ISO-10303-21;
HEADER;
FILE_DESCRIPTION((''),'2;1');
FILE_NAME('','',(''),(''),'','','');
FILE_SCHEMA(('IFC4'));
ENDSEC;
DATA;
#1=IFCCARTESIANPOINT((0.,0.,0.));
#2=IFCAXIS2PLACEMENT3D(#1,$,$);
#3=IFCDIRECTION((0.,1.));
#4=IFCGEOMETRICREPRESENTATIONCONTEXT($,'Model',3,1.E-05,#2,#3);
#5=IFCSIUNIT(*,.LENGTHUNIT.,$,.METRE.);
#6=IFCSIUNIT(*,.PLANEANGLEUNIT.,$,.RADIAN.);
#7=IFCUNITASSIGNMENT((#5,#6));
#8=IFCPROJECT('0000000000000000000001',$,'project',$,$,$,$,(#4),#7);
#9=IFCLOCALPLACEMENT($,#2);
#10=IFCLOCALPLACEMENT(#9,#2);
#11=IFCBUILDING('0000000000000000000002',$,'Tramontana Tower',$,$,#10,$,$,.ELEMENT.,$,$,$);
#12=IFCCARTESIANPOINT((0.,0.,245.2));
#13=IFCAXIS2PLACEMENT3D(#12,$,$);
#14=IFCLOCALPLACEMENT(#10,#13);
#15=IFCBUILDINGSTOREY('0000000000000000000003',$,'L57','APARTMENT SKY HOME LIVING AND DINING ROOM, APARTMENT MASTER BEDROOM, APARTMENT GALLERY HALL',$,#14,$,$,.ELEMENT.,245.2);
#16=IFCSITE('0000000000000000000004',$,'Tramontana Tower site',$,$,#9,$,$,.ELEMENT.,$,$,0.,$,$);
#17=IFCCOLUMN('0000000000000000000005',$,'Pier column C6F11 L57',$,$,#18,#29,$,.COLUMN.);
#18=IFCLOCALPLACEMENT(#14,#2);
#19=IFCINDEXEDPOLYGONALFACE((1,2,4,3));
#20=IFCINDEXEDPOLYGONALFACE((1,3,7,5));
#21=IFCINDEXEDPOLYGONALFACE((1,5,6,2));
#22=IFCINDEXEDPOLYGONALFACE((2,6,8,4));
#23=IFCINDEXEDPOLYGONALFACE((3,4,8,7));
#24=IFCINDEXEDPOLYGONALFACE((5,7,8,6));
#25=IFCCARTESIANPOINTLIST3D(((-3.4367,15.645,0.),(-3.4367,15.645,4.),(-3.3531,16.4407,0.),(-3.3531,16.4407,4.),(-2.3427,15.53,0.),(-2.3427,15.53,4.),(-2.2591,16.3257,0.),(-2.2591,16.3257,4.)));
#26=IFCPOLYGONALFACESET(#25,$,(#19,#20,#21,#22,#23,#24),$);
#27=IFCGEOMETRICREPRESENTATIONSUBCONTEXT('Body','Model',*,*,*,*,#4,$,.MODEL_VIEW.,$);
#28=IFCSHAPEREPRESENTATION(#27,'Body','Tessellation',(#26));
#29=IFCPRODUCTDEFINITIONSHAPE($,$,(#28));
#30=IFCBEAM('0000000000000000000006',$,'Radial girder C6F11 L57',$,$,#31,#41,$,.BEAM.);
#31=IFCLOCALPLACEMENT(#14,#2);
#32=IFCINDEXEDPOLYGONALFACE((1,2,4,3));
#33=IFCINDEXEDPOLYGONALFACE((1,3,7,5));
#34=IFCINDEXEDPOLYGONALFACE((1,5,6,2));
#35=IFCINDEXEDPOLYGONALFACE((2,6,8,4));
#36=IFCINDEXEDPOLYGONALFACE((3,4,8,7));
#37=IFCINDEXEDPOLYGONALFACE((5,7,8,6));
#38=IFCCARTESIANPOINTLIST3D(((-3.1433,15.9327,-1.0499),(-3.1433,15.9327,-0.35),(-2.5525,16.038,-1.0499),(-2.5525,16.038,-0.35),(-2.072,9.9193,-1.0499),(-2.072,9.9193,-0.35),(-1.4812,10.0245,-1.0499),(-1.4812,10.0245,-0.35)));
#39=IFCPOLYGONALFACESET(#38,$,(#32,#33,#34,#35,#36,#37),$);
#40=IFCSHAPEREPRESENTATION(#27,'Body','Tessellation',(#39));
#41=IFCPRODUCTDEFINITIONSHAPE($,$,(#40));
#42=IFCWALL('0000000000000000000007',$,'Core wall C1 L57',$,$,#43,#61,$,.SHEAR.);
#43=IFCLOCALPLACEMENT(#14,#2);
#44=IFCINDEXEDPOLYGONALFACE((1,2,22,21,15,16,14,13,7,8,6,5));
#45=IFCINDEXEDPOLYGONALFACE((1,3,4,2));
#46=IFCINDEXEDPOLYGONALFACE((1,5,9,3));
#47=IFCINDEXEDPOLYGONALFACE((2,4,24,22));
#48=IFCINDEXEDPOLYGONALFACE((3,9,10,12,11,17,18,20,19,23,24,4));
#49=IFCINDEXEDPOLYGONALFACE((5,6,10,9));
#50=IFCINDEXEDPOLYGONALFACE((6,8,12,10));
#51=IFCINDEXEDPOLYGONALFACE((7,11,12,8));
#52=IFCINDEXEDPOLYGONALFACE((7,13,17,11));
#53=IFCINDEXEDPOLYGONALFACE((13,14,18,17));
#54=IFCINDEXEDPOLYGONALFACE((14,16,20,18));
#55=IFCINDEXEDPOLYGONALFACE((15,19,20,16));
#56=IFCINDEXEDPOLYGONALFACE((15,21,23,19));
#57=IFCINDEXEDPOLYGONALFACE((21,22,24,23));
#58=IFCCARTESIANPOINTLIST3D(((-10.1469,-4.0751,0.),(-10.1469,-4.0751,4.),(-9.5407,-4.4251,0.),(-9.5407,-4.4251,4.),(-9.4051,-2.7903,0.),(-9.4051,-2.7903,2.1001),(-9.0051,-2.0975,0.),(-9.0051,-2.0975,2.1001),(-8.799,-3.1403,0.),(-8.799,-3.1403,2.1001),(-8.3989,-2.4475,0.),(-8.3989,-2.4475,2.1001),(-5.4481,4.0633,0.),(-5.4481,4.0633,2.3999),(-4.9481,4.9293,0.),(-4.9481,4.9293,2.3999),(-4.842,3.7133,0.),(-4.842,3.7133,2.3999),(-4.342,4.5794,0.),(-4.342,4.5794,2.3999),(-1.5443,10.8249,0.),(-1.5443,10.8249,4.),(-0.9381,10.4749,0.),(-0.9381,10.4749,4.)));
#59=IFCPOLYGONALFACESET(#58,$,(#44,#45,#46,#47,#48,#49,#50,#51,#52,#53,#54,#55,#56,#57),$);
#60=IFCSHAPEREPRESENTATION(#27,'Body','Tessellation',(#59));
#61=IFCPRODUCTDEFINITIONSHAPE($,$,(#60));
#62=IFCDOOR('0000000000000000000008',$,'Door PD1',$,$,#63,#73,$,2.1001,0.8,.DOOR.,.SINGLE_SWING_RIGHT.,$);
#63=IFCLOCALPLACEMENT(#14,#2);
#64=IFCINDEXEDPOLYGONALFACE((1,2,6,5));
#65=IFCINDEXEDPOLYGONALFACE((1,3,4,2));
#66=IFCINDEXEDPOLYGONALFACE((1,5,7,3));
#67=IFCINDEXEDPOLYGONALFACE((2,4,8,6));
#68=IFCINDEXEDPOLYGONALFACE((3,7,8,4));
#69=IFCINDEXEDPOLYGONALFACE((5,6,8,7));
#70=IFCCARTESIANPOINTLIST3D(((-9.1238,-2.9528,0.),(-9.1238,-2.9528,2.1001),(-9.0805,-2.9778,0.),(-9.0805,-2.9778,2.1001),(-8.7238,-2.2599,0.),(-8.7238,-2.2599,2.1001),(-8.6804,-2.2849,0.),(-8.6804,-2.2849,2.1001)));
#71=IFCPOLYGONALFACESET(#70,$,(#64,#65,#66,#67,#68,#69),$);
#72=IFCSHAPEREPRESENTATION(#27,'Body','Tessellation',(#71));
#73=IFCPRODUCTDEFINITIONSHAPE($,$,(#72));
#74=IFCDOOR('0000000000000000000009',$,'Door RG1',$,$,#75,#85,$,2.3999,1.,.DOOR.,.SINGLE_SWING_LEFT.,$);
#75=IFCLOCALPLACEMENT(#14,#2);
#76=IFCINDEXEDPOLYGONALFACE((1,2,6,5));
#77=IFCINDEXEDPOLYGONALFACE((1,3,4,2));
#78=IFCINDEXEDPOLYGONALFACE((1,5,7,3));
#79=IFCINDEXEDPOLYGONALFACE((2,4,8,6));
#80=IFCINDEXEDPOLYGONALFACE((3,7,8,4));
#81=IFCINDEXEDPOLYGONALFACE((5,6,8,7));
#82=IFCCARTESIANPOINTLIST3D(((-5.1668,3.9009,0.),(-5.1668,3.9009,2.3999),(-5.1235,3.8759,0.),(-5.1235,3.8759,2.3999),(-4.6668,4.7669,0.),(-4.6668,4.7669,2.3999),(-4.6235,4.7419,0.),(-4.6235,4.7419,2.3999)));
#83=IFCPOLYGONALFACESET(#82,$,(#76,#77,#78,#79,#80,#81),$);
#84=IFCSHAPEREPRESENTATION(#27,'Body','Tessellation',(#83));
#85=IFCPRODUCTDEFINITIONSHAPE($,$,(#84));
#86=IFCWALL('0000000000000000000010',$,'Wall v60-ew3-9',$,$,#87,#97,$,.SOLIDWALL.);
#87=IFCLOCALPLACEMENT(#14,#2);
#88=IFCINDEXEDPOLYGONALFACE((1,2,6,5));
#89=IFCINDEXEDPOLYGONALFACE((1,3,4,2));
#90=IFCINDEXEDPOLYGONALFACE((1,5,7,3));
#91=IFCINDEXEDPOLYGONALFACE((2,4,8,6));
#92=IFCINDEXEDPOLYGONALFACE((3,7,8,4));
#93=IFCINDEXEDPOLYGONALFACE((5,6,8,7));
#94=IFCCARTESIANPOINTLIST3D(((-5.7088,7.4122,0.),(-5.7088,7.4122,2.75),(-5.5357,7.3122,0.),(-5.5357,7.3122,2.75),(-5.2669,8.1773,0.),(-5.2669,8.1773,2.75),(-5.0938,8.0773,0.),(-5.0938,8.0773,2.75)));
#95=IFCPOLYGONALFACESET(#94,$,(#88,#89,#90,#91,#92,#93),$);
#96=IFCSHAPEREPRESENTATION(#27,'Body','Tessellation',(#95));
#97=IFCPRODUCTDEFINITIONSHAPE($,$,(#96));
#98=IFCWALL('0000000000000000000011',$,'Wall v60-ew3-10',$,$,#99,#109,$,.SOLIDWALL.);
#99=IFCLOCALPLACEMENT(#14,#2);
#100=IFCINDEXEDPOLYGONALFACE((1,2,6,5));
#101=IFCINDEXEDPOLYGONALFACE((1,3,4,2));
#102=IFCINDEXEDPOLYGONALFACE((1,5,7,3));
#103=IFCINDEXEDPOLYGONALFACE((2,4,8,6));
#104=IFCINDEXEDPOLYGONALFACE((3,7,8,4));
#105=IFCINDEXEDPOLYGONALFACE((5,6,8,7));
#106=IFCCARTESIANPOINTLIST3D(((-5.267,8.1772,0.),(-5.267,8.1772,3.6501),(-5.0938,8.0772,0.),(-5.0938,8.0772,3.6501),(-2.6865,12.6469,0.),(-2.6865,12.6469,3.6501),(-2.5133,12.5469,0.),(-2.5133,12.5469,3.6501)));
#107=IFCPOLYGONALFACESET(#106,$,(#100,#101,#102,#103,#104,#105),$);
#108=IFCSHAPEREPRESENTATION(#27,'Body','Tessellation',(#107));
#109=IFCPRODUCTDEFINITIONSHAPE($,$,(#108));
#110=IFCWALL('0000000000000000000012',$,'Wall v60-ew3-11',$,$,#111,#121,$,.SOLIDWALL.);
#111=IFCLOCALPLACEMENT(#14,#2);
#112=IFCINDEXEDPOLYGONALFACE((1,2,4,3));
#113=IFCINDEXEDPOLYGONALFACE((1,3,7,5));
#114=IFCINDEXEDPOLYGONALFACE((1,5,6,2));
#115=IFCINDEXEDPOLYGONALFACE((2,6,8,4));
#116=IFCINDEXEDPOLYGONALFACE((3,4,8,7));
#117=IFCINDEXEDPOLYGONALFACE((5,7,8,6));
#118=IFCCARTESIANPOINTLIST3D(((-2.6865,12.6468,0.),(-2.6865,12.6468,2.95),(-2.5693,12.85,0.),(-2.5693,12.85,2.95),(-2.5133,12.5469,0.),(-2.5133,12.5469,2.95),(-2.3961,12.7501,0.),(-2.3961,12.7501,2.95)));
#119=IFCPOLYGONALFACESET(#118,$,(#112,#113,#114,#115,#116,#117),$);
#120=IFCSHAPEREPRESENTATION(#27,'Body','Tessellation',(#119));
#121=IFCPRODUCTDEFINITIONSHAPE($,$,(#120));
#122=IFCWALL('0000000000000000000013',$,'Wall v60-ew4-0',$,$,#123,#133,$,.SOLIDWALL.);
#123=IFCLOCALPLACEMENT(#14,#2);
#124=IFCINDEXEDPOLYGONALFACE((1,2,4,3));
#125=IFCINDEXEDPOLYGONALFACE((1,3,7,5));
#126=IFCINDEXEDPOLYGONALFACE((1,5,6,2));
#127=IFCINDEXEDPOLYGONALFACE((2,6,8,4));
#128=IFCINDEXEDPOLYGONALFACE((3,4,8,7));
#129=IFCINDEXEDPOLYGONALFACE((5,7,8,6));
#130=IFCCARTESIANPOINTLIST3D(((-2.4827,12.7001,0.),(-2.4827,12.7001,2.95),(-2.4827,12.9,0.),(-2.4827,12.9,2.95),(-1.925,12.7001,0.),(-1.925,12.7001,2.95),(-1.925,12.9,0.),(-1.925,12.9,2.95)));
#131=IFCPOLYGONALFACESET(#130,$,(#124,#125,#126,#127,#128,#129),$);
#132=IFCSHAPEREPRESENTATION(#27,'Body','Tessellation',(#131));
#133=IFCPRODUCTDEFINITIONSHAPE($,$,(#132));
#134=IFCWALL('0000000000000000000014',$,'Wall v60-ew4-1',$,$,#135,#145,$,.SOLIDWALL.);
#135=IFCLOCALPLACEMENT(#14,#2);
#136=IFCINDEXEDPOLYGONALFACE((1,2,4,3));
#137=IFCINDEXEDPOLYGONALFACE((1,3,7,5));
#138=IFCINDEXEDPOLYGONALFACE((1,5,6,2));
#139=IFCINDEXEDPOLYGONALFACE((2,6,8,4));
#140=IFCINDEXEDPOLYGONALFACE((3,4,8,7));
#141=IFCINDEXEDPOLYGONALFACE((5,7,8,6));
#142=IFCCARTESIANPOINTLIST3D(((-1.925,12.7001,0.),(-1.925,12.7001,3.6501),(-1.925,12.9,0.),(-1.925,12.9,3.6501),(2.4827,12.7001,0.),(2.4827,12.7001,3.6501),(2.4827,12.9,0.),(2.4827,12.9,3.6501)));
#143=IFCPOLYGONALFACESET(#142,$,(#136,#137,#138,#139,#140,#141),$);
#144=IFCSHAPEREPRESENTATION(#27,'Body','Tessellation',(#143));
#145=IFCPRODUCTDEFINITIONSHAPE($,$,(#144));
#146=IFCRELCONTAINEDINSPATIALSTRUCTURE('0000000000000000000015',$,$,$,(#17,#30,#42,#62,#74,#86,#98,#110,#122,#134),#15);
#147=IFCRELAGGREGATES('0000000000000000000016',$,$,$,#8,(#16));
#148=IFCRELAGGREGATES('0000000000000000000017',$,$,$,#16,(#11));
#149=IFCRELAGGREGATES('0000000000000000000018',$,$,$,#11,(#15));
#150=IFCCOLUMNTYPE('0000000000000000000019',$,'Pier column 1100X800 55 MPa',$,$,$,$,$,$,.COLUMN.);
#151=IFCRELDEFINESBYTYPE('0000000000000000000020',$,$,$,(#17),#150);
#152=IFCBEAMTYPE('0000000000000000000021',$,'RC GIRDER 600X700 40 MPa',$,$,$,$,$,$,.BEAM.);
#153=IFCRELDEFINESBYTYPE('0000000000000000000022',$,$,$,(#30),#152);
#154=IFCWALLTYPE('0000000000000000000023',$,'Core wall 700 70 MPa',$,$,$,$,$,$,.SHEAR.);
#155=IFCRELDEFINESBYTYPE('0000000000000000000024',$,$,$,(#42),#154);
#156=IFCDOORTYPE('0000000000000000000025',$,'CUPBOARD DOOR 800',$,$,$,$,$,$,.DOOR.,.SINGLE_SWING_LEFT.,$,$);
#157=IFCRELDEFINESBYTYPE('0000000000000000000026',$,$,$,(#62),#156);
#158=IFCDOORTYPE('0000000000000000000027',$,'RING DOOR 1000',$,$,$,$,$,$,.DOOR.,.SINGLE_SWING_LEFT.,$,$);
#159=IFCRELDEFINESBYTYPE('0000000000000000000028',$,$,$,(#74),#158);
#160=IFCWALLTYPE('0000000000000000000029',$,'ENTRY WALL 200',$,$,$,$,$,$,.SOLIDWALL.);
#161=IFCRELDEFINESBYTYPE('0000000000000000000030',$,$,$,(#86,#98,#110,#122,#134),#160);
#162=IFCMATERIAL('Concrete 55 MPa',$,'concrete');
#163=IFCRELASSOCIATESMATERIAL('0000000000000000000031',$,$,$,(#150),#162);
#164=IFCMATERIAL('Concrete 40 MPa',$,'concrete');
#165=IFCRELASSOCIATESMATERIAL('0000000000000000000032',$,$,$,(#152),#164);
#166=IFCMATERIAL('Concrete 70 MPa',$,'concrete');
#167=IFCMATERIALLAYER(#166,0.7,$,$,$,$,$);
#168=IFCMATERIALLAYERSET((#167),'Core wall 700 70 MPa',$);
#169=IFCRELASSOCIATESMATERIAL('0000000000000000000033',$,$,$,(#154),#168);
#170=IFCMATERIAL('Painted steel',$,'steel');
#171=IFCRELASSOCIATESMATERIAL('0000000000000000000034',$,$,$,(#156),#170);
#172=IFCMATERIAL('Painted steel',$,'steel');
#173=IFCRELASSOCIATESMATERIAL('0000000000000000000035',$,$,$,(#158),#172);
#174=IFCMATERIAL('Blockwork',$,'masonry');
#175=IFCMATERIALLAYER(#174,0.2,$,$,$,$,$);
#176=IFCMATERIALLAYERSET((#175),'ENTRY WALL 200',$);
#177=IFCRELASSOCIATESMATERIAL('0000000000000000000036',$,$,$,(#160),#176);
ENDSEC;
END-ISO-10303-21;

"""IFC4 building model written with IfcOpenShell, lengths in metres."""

from ifc_helpers import new_model, si_unit, direction, frame, frame_2d, origin, origin_2d, place, context, subcontext, project, spatial, rectangle, extrude, material, layer, layer_set, material_profile, profile_set, type_object, element, fill, save


model = new_model("IFC4")

# Units and contexts
model_context = context("Model", 3, precision=1e-05, world=origin(), true_north=direction((0.0, 1.0)))
body_context = subcontext(model_context, "Body", "Model", "MODEL_VIEW")
ifc_project = project(units=[si_unit("LENGTHUNIT", "METRE"), si_unit("PLANEANGLEUNIT", "RADIAN")], contexts=[model_context])

# Site, building, storey
site_placement = place(None, origin())
site = spatial("IfcSite", under=ifc_project, at=site_placement, Name="Tramontana Tower site", CompositionType="ELEMENT", RefElevation=0.0)
building_placement = place(site_placement, origin())
building = spatial("IfcBuilding", under=site, at=building_placement, Name="Tramontana Tower", CompositionType="ELEMENT")
storey_placement = place(building_placement, frame((0.0, 0.0, 245.2)))
storey = spatial("IfcBuildingStorey", under=building, at=storey_placement, Name="L57", Description="APARTMENT SKY HOME LIVING AND DINING ROOM, APARTMENT MASTER BEDROOM, APARTMENT GALLERY HALL", CompositionType="ELEMENT", Elevation=245.2)

# Column
ifc_material_1 = material(Name="Concrete 55 MPa", Category="concrete")
ifc_material_profile_1 = material_profile(ifc_material_1, rectangle(XDim=1.1001, YDim=0.8, at=origin_2d()), Name="Pier column 1100X800 55 MPa")
ifc_profile_set_1 = profile_set([ifc_material_profile_1], Name="Concrete 55 MPa")
column_type = type_object("IfcColumnType", Name="Pier column 1100X800 55 MPa", PredefinedType="COLUMN", material=ifc_profile_set_1)
column_placement = place(storey_placement, frame((-2.8479, 15.9854, 0.0), z_axis=(0.0, 0.0, 1.0), x_axis=(-0.994522, 0.104528, 0.0)))
element("IfcColumn", 1, at=column_placement, inside=storey, type_object=column_type, Name="Pier column C6F11 L57", PredefinedType="COLUMN", context=body_context, shape_type="SweptSolid", body=[
    extrude(rectangle(XDim=1.1001, YDim=0.8, at=origin_2d()), origin(), (0.0, 0.0, 1.0), 4.0),
])

# Beam
ifc_material_2 = material(Name="Concrete 40 MPa", Category="concrete")
ifc_material_profile_2 = material_profile(ifc_material_2, rectangle(XDim=0.6001, YDim=0.7, at=origin_2d()), Name="RC GIRDER 600X700 40 MPa")
ifc_profile_set_2 = profile_set([ifc_material_profile_2], Name="Concrete 40 MPa")
beam_type = type_object("IfcBeamType", Name="RC GIRDER 600X700 40 MPa", PredefinedType="BEAM", material=ifc_profile_set_2)
beam_placement = place(storey_placement, frame((-2.8479, 15.9854, -0.7), z_axis=(0.175388, -0.984499, 0.0), x_axis=(0.984499, 0.175388, 0.0)))
element("IfcBeam", 2, at=beam_placement, inside=storey, type_object=beam_type, Name="Radial girder C6F11 L57", PredefinedType="BEAM", context=body_context, shape_type="SweptSolid", body=[
    extrude(rectangle(XDim=0.6001, YDim=0.7, at=origin_2d()), origin(), (0.0, 0.0, 1.0), 6.1082),
])

# Wall, openings, doors
ifc_material_3 = material(Name="Concrete 70 MPa", Category="concrete")
ifc_layer_1 = layer(ifc_material_3, 0.7)
ifc_layer_set_1 = layer_set([ifc_layer_1], Name="Core wall 700 70 MPa")
wall_type_1 = type_object("IfcWallType", Name="Core wall 700 70 MPa", PredefinedType="SHEAR", material=ifc_layer_set_1)
wall_1_placement = place(storey_placement, frame((-1.2412, 10.6499, 0.0), z_axis=(0.0, 0.0, 1.0), x_axis=(-0.500003, -0.866023, 0.0)))
wall_1 = element("IfcWall", 3, at=wall_1_placement, inside=storey, type_object=wall_type_1, Name="Core wall C1 L57", PredefinedType="SHEAR", context=body_context, shape_type="SweptSolid", body=[
    extrude(rectangle(XDim=17.2051, YDim=0.7, at=frame_2d((8.6025, 0.0))), origin(), (0.0, 0.0, 1.0), 4.0),
])
opening_1_placement = place(wall_1_placement, frame((6.8076, 0.0, 0.0)))
opening_1 = element("IfcOpeningElement", 4, at=opening_1_placement, cuts=wall_1, PredefinedType="OPENING", context=body_context, shape_type="SweptSolid", body=[
    extrude(rectangle(XDim=1.0, YDim=2.3999, at=frame_2d((0.5, 1.2))), frame((0.0, 0.3599, 0.0), z_axis=(0.0, -1.0, 0.0), x_axis=(1.0, 0.0, 0.0)), (0.0, 0.0, 1.0), 0.72),
])
opening_2_placement = place(wall_1_placement, frame((14.9216, 0.0, 0.0)))
opening_2 = element("IfcOpeningElement", 5, at=opening_2_placement, cuts=wall_1, PredefinedType="OPENING", context=body_context, shape_type="SweptSolid", body=[
    extrude(rectangle(XDim=0.8, YDim=2.1001, at=frame_2d((0.3999, 1.05))), frame((0.0, 0.3599, 0.0), z_axis=(0.0, -1.0, 0.0), x_axis=(1.0, 0.0, 0.0)), (0.0, 0.0, 1.0), 0.72),
])
ifc_material_4 = material(Name="Painted steel", Category="steel")
door_type_1 = type_object("IfcDoorType", Name="CUPBOARD DOOR 800", OperationType="SINGLE_SWING_LEFT", PredefinedType="DOOR", material=ifc_material_4)
door_1_placement = place(opening_2_placement, origin())
door_1 = element("IfcDoor", 6, at=door_1_placement, inside=storey, type_object=door_type_1, Name="Door PD1", OperationType="SINGLE_SWING_RIGHT", OverallHeight=2.1001, OverallWidth=0.8, PredefinedType="DOOR", context=body_context, shape_type="SweptSolid", body=[
    extrude(rectangle(XDim=0.8, YDim=2.1001, at=frame_2d((0.3999, 1.05))), frame((0.0, 0.0249, 0.0), z_axis=(0.0, -1.0, 0.0), x_axis=(1.0, 0.0, 0.0)), (0.0, 0.0, 1.0), 0.05),
])
fill(opening_2, door_1)
ifc_material_5 = material(Name="Painted steel", Category="steel")
door_type_2 = type_object("IfcDoorType", Name="RING DOOR 1000", OperationType="SINGLE_SWING_LEFT", PredefinedType="DOOR", material=ifc_material_5)
door_2_placement = place(opening_1_placement, origin())
door_2 = element("IfcDoor", 7, at=door_2_placement, inside=storey, type_object=door_type_2, Name="Door RG1", OperationType="SINGLE_SWING_LEFT", OverallHeight=2.3999, OverallWidth=1.0, PredefinedType="DOOR", context=body_context, shape_type="SweptSolid", body=[
    extrude(rectangle(XDim=1.0, YDim=2.3999, at=frame_2d((0.5, 1.2))), frame((0.0, 0.0249, 0.0), z_axis=(0.0, -1.0, 0.0), x_axis=(1.0, 0.0, 0.0)), (0.0, 0.0, 1.0), 0.05),
])
fill(opening_1, door_2)

# Walls
ifc_material_6 = material(Name="Blockwork", Category="masonry")
ifc_layer_2 = layer(ifc_material_6, 0.2)
ifc_layer_set_2 = layer_set([ifc_layer_2], Name="ENTRY WALL 200")
wall_type_2 = type_object("IfcWallType", Name="ENTRY WALL 200", PredefinedType="SOLIDWALL", material=ifc_layer_set_2)
wall_2_placement = place(storey_placement, frame((-5.6223, 7.3621, 0.0), z_axis=(0.0, 0.0, 1.0), x_axis=(0.500121, 0.865955, 0.0)))
element("IfcWall", 8, at=wall_2_placement, inside=storey, type_object=wall_type_2, Name="Wall v60-ew3-9", PredefinedType="SOLIDWALL", context=body_context, shape_type="SweptSolid", body=[
    extrude(rectangle(XDim=0.8835, YDim=0.2, at=frame_2d((0.4419, 0.0))), origin(), (0.0, 0.0, 1.0), 2.75),
])
wall_3_placement = place(storey_placement, frame((-5.1804, 8.1272, 0.0), z_axis=(0.0, 0.0, 1.0), x_axis=(0.499995, 0.866028, 0.0)))
element("IfcWall", 9, at=wall_3_placement, inside=storey, type_object=wall_type_2, Name="Wall v60-ew3-10", PredefinedType="SOLIDWALL", context=body_context, shape_type="SweptSolid", body=[
    extrude(rectangle(XDim=5.1611, YDim=0.2, at=frame_2d((2.5806, 0.0))), origin(), (0.0, 0.0, 1.0), 3.6501),
])
wall_4_placement = place(storey_placement, frame((-2.5999, 12.5969, 0.0), z_axis=(0.0, 0.0, 1.0), x_axis=(0.499722, 0.866186, 0.0)))
element("IfcWall", 10, at=wall_4_placement, inside=storey, type_object=wall_type_2, Name="Wall v60-ew3-11", PredefinedType="SOLIDWALL", context=body_context, shape_type="SweptSolid", body=[
    extrude(rectangle(XDim=0.2346, YDim=0.2, at=frame_2d((0.1172, 0.0))), origin(), (0.0, 0.0, 1.0), 2.95),
])
wall_5_placement = place(storey_placement, frame((-2.4827, 12.8, 0.0), z_axis=(0.0, 0.0, 1.0), x_axis=(1.0, 0.0, 0.0)))
element("IfcWall", 11, at=wall_5_placement, inside=storey, type_object=wall_type_2, Name="Wall v60-ew4-0", PredefinedType="SOLIDWALL", context=body_context, shape_type="SweptSolid", body=[
    extrude(rectangle(XDim=0.5576, YDim=0.2, at=frame_2d((0.2788, 0.0))), origin(), (0.0, 0.0, 1.0), 2.95),
])
wall_6_placement = place(storey_placement, frame((-1.925, 12.8, 0.0), z_axis=(0.0, 0.0, 1.0), x_axis=(1.0, 0.0, 0.0)))
element("IfcWall", 12, at=wall_6_placement, inside=storey, type_object=wall_type_2, Name="Wall v60-ew4-1", PredefinedType="SOLIDWALL", context=body_context, shape_type="SweptSolid", body=[
    extrude(rectangle(XDim=4.4077, YDim=0.2, at=frame_2d((2.2039, 0.0))), origin(), (0.0, 0.0, 1.0), 3.6501),
])

save(model, "model.ifc")
